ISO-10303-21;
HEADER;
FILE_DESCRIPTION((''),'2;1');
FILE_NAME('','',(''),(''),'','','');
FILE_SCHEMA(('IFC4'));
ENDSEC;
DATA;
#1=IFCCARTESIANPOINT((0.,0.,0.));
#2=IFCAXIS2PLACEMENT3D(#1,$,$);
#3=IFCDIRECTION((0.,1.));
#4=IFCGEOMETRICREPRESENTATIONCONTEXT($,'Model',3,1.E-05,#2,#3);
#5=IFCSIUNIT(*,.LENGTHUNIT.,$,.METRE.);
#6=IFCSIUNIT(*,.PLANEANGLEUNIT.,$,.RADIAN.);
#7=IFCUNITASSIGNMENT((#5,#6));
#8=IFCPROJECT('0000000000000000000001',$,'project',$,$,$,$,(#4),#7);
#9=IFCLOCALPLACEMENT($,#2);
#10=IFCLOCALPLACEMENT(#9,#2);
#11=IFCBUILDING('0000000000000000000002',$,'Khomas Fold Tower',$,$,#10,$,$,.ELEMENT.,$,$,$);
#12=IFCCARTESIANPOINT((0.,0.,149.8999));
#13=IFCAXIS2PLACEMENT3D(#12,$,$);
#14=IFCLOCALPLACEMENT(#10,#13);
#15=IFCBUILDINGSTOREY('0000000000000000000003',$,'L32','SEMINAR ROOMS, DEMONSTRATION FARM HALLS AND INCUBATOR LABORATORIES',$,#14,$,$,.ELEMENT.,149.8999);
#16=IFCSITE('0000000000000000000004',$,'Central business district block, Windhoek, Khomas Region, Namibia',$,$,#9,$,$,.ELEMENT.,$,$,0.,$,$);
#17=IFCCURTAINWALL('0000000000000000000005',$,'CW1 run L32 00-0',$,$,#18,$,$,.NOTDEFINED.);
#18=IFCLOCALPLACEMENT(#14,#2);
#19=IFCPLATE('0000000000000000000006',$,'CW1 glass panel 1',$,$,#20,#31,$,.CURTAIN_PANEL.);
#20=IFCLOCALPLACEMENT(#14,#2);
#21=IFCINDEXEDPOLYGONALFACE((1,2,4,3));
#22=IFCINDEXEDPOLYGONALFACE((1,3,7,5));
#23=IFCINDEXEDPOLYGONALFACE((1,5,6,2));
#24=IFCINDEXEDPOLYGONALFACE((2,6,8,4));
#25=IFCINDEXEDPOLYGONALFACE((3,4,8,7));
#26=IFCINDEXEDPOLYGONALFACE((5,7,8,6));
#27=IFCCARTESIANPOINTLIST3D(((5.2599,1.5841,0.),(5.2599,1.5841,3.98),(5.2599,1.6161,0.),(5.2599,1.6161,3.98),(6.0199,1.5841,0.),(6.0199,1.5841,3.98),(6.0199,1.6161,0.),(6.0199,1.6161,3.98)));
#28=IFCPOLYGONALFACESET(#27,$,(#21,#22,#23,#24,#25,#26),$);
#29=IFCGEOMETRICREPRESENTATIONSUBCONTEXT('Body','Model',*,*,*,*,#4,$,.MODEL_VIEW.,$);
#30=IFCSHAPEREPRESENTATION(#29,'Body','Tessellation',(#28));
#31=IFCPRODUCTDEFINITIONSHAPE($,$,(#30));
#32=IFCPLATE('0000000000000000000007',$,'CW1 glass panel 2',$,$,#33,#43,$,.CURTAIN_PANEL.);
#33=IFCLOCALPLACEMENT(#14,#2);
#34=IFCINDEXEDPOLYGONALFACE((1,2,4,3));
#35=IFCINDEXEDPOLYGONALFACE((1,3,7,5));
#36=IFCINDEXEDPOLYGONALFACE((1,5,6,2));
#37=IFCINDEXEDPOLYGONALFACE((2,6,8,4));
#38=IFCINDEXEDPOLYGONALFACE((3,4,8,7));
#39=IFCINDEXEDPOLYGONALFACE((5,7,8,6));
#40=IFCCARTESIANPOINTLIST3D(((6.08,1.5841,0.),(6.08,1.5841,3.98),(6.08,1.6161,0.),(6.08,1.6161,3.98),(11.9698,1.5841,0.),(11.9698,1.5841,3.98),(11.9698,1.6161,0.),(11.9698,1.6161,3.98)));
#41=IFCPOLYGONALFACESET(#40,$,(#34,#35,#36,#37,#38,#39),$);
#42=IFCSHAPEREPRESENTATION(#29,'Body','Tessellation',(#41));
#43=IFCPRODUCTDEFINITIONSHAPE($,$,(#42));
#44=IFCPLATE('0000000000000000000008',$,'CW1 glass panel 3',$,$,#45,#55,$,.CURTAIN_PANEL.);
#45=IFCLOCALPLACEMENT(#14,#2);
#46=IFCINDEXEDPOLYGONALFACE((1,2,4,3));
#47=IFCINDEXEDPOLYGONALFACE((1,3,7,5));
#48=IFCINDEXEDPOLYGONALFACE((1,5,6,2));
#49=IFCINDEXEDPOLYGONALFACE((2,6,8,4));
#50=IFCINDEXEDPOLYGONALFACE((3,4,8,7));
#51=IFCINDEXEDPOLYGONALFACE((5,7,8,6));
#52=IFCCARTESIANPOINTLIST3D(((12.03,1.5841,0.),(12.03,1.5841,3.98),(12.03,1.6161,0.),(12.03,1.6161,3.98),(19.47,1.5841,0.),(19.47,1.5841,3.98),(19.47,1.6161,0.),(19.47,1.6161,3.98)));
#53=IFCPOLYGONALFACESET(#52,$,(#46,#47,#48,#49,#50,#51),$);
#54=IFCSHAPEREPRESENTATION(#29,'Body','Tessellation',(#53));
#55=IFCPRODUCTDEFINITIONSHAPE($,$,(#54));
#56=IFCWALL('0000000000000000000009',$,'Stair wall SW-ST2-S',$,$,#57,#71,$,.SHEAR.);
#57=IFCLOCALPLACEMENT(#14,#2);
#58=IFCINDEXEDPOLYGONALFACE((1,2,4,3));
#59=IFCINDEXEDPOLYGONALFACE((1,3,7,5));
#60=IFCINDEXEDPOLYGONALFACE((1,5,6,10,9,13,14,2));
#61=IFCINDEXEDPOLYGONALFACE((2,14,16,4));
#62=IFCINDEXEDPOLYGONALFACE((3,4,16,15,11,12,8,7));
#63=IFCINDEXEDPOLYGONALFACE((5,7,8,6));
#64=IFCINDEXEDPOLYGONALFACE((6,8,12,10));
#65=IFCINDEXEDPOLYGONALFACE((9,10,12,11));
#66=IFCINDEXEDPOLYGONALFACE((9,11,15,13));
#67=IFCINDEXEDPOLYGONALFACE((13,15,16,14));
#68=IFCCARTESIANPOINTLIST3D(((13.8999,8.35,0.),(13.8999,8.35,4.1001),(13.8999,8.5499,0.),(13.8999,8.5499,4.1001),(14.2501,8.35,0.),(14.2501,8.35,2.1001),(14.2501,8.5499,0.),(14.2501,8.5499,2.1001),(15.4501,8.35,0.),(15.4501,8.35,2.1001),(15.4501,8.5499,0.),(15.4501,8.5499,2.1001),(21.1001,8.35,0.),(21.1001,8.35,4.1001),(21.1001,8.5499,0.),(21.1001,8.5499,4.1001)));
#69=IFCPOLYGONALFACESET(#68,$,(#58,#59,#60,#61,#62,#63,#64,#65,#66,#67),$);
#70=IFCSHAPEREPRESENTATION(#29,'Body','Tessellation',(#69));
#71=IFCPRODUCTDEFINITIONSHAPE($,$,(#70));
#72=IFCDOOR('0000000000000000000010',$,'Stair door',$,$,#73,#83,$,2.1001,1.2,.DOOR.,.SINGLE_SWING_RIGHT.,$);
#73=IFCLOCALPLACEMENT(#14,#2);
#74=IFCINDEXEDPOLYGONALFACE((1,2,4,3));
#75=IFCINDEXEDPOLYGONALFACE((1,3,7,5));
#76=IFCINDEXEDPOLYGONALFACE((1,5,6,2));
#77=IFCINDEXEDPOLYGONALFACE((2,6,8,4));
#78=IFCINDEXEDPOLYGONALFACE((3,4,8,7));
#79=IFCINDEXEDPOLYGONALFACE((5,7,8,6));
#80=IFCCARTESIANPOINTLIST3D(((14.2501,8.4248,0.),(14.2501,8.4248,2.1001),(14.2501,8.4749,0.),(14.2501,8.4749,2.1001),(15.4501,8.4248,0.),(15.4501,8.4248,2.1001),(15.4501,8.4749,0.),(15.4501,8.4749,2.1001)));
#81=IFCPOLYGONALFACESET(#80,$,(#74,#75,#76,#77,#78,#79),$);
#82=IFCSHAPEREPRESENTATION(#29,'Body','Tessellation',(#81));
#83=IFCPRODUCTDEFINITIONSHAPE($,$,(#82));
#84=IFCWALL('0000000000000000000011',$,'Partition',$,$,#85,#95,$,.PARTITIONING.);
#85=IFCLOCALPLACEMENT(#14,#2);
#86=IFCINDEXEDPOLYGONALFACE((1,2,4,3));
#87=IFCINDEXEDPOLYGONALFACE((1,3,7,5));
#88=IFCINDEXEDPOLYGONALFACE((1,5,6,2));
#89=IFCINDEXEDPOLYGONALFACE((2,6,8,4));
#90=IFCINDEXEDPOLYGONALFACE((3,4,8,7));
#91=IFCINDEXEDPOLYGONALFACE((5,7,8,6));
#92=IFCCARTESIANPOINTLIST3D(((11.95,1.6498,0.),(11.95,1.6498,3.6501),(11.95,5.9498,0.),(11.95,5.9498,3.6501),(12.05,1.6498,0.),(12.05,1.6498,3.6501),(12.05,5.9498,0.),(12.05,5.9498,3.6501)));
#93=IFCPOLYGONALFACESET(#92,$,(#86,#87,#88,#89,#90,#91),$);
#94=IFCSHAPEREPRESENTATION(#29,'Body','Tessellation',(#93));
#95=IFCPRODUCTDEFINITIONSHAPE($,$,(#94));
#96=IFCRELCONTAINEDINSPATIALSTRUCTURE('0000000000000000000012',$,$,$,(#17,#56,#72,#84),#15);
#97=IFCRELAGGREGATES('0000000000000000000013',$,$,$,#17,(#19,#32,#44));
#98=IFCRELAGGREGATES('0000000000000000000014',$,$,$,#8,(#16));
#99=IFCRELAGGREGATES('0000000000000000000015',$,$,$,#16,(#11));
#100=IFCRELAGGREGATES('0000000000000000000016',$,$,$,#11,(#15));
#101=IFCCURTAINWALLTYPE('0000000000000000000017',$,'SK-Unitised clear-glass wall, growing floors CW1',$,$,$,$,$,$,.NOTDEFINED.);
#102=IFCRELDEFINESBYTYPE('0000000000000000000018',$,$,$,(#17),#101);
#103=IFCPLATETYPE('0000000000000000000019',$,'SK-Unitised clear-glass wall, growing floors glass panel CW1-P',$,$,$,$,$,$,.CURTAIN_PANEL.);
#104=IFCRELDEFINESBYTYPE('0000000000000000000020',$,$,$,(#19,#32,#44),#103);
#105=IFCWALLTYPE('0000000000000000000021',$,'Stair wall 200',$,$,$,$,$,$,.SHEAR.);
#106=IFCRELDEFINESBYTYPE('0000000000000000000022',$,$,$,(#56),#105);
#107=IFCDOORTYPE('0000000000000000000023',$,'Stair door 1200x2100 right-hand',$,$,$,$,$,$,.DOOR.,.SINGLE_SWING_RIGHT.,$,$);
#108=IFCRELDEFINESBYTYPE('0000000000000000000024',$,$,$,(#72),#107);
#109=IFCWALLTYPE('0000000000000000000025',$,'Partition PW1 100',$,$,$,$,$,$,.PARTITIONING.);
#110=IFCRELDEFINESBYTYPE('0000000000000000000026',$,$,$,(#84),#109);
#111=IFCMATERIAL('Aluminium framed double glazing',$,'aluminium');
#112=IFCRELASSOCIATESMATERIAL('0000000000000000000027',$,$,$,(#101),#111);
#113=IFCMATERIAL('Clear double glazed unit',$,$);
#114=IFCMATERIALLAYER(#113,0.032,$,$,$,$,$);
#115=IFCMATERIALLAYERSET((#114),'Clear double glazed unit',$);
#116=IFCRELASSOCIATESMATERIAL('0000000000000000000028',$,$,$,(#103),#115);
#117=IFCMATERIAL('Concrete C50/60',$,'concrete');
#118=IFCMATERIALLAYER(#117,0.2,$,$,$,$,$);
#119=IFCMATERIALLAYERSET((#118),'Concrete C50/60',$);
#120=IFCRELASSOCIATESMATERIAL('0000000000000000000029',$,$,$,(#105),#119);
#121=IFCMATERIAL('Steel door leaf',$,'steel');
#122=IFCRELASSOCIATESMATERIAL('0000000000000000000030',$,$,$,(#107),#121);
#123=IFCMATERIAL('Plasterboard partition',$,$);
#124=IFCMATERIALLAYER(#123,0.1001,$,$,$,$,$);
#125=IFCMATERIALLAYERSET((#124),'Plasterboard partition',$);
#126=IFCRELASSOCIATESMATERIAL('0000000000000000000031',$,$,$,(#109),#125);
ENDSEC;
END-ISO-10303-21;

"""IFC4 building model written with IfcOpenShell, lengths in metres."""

from ifc_helpers import new_model, si_unit, direction, frame, frame_2d, origin, origin_2d, place, context, subcontext, project, spatial, rectangle, extrude, source, transform, mapped, material, layer, layer_set, type_object, element, fill, aggregate, save


model = new_model("IFC4")

# Units and contexts
model_context = context("Model", 3, precision=1e-05, world=origin(), true_north=direction((0.0, 1.0)))
body_context = subcontext(model_context, "Body", "Model", "MODEL_VIEW")
ifc_project = project(units=[si_unit("LENGTHUNIT", "METRE"), si_unit("PLANEANGLEUNIT", "RADIAN")], contexts=[model_context])

# Site, building, storey
site_placement = place(None, origin())
site = spatial("IfcSite", under=ifc_project, at=site_placement, Name="Central business district block, Windhoek, Khomas Region, Namibia", CompositionType="ELEMENT", RefElevation=0.0)
building_placement = place(site_placement, origin())
building = spatial("IfcBuilding", under=site, at=building_placement, Name="Khomas Fold Tower", CompositionType="ELEMENT")
storey_placement = place(building_placement, frame((0.0, 0.0, 149.8999)))
storey = spatial("IfcBuildingStorey", under=building, at=storey_placement, Name="L32", Description="SEMINAR ROOMS, DEMONSTRATION FARM HALLS AND INCUBATOR LABORATORIES", CompositionType="ELEMENT", Elevation=149.8999)

# Curtain wall
ifc_material_1 = material(Name="Aluminium framed double glazing", Category="aluminium")
curtain_wall_type = type_object("IfcCurtainWallType", Name="SK-Unitised clear-glass wall, growing floors CW1", PredefinedType="NOTDEFINED", material=ifc_material_1)
curtain_wall_1_placement = place(storey_placement, origin())
curtain_wall_1 = element("IfcCurtainWall", 1, at=curtain_wall_1_placement, inside=storey, type_object=curtain_wall_type, Name="CW1 run L32 00-0", PredefinedType="NOTDEFINED")

# Plates
ifc_material_2 = material(Name="Clear double glazed unit")
ifc_layer_1 = layer(ifc_material_2, 0.032)
ifc_layer_set_1 = layer_set([ifc_layer_1], Name="Clear double glazed unit")
plate_type = type_object("IfcPlateType", Name="SK-Unitised clear-glass wall, growing floors glass panel CW1-P", PredefinedType="CURTAIN_PANEL", material=ifc_layer_set_1)
shared_shape_1 = source(origin(), body_context, "Body", "SweptSolid", [
    extrude(rectangle(XDim=0.76, YDim=0.032, at=origin_2d()), origin(), (0.0, 0.0, 1.0), 3.98),
])
plate_1_placement = place(storey_placement, frame((5.6399, 1.6001, 0.0), z_axis=(0.0, 0.0, 1.0), x_axis=(1.0, 0.0, 0.0)))
plate_1 = element("IfcPlate", 2, at=plate_1_placement, type_object=plate_type, Name="CW1 glass panel 1", PredefinedType="CURTAIN_PANEL", context=body_context, shape_type="MappedRepresentation", body=[
    mapped(shared_shape_1, transform((0.0, 0.0, 0.0))),
])
shared_shape_2 = source(origin(), body_context, "Body", "SweptSolid", [
    extrude(rectangle(XDim=5.8899, YDim=0.032, at=origin_2d()), origin(), (0.0, 0.0, 1.0), 3.98),
])
plate_2_placement = place(storey_placement, frame((9.0249, 1.6001, 0.0), z_axis=(0.0, 0.0, 1.0), x_axis=(1.0, 0.0, 0.0)))
plate_2 = element("IfcPlate", 3, at=plate_2_placement, type_object=plate_type, Name="CW1 glass panel 2", PredefinedType="CURTAIN_PANEL", context=body_context, shape_type="MappedRepresentation", body=[
    mapped(shared_shape_2, transform((0.0, 0.0, 0.0))),
])
shared_shape_3 = source(origin(), body_context, "Body", "SweptSolid", [
    extrude(rectangle(XDim=7.4399, YDim=0.032, at=origin_2d()), origin(), (0.0, 0.0, 1.0), 3.98),
])
plate_3_placement = place(storey_placement, frame((15.75, 1.6001, 0.0), z_axis=(0.0, 0.0, 1.0), x_axis=(1.0, 0.0, 0.0)))
plate_3 = element("IfcPlate", 4, at=plate_3_placement, type_object=plate_type, Name="CW1 glass panel 3", PredefinedType="CURTAIN_PANEL", context=body_context, shape_type="MappedRepresentation", body=[
    mapped(shared_shape_3, transform((0.0, 0.0, 0.0))),
])
aggregate(curtain_wall_1, [plate_1, plate_2, plate_3])

# Wall, opening, door
ifc_material_3 = material(Name="Concrete C50/60", Category="concrete")
ifc_layer_2 = layer(ifc_material_3, 0.2)
ifc_layer_set_2 = layer_set([ifc_layer_2], Name="Concrete C50/60")
wall_type_1 = type_object("IfcWallType", Name="Stair wall 200", PredefinedType="SHEAR", material=ifc_layer_set_2)
shared_shape_4 = source(origin(), body_context, "Body", "SweptSolid", [
    extrude(rectangle(XDim=7.2002, YDim=0.2, at=frame_2d((3.6001, 0.0))), origin(), (0.0, 0.0, 1.0), 4.1001),
])
wall_1_placement = place(storey_placement, frame((13.8999, 8.45, 0.0), z_axis=(0.0, 0.0, 1.0), x_axis=(1.0, 0.0, 0.0)))
wall_1 = element("IfcWall", 5, at=wall_1_placement, inside=storey, type_object=wall_type_1, Name="Stair wall SW-ST2-S", PredefinedType="SHEAR", context=body_context, shape_type="MappedRepresentation", body=[
    mapped(shared_shape_4, transform((0.0, 0.0, 0.0))),
])
shared_shape_5 = source(origin(), body_context, "Body", "SweptSolid", [
    extrude(rectangle(XDim=1.2, YDim=2.1001, at=frame_2d((0.6001, 1.05))), frame((0.0, 0.1099, 0.0), z_axis=(0.0, -1.0, 0.0), x_axis=(1.0, 0.0, 0.0)), (0.0, 0.0, 1.0), 0.22),
])
opening_placement = place(wall_1_placement, frame((0.3501, 0.0, 0.0)))
opening = element("IfcOpeningElement", 6, at=opening_placement, cuts=wall_1, PredefinedType="OPENING", context=body_context, shape_type="MappedRepresentation", body=[
    mapped(shared_shape_5, transform((0.0, 0.0, 0.0))),
])
ifc_material_4 = material(Name="Steel door leaf", Category="steel")
door_type = type_object("IfcDoorType", Name="Stair door 1200x2100 right-hand", OperationType="SINGLE_SWING_RIGHT", PredefinedType="DOOR", material=ifc_material_4)
shared_shape_6 = source(origin(), body_context, "Body", "SweptSolid", [
    extrude(rectangle(XDim=1.2, YDim=2.1001, at=frame_2d((0.6001, 1.05))), frame((0.0, 0.0249, 0.0), z_axis=(0.0, -1.0, 0.0), x_axis=(1.0, 0.0, 0.0)), (0.0, 0.0, 1.0), 0.05),
])
door_placement = place(opening_placement, origin())
door = element("IfcDoor", 7, at=door_placement, inside=storey, type_object=door_type, Name="Stair door", OperationType="SINGLE_SWING_RIGHT", OverallHeight=2.1001, OverallWidth=1.2, PredefinedType="DOOR", context=body_context, shape_type="MappedRepresentation", body=[
    mapped(shared_shape_6, transform((0.0, 0.0, 0.0))),
])
fill(opening, door)

# Wall
ifc_material_5 = material(Name="Plasterboard partition")
ifc_layer_3 = layer(ifc_material_5, 0.1001)
ifc_layer_set_3 = layer_set([ifc_layer_3], Name="Plasterboard partition")
wall_type_2 = type_object("IfcWallType", Name="Partition PW1 100", PredefinedType="PARTITIONING", material=ifc_layer_set_3)
shared_shape_7 = source(origin(), body_context, "Body", "SweptSolid", [
    extrude(rectangle(XDim=4.3, YDim=0.1001, at=frame_2d((2.1499, 0.0))), origin(), (0.0, 0.0, 1.0), 3.6501),
])
wall_2_placement = place(storey_placement, frame((12.0, 1.6499, 0.0), z_axis=(0.0, 0.0, 1.0), x_axis=(0.0, 1.0, 0.0)))
element("IfcWall", 8, at=wall_2_placement, inside=storey, type_object=wall_type_2, Name="Partition", PredefinedType="PARTITIONING", context=body_context, shape_type="MappedRepresentation", body=[
    mapped(shared_shape_7, transform((0.0, 0.0, 0.0))),
])

save(model, "model.ifc")
